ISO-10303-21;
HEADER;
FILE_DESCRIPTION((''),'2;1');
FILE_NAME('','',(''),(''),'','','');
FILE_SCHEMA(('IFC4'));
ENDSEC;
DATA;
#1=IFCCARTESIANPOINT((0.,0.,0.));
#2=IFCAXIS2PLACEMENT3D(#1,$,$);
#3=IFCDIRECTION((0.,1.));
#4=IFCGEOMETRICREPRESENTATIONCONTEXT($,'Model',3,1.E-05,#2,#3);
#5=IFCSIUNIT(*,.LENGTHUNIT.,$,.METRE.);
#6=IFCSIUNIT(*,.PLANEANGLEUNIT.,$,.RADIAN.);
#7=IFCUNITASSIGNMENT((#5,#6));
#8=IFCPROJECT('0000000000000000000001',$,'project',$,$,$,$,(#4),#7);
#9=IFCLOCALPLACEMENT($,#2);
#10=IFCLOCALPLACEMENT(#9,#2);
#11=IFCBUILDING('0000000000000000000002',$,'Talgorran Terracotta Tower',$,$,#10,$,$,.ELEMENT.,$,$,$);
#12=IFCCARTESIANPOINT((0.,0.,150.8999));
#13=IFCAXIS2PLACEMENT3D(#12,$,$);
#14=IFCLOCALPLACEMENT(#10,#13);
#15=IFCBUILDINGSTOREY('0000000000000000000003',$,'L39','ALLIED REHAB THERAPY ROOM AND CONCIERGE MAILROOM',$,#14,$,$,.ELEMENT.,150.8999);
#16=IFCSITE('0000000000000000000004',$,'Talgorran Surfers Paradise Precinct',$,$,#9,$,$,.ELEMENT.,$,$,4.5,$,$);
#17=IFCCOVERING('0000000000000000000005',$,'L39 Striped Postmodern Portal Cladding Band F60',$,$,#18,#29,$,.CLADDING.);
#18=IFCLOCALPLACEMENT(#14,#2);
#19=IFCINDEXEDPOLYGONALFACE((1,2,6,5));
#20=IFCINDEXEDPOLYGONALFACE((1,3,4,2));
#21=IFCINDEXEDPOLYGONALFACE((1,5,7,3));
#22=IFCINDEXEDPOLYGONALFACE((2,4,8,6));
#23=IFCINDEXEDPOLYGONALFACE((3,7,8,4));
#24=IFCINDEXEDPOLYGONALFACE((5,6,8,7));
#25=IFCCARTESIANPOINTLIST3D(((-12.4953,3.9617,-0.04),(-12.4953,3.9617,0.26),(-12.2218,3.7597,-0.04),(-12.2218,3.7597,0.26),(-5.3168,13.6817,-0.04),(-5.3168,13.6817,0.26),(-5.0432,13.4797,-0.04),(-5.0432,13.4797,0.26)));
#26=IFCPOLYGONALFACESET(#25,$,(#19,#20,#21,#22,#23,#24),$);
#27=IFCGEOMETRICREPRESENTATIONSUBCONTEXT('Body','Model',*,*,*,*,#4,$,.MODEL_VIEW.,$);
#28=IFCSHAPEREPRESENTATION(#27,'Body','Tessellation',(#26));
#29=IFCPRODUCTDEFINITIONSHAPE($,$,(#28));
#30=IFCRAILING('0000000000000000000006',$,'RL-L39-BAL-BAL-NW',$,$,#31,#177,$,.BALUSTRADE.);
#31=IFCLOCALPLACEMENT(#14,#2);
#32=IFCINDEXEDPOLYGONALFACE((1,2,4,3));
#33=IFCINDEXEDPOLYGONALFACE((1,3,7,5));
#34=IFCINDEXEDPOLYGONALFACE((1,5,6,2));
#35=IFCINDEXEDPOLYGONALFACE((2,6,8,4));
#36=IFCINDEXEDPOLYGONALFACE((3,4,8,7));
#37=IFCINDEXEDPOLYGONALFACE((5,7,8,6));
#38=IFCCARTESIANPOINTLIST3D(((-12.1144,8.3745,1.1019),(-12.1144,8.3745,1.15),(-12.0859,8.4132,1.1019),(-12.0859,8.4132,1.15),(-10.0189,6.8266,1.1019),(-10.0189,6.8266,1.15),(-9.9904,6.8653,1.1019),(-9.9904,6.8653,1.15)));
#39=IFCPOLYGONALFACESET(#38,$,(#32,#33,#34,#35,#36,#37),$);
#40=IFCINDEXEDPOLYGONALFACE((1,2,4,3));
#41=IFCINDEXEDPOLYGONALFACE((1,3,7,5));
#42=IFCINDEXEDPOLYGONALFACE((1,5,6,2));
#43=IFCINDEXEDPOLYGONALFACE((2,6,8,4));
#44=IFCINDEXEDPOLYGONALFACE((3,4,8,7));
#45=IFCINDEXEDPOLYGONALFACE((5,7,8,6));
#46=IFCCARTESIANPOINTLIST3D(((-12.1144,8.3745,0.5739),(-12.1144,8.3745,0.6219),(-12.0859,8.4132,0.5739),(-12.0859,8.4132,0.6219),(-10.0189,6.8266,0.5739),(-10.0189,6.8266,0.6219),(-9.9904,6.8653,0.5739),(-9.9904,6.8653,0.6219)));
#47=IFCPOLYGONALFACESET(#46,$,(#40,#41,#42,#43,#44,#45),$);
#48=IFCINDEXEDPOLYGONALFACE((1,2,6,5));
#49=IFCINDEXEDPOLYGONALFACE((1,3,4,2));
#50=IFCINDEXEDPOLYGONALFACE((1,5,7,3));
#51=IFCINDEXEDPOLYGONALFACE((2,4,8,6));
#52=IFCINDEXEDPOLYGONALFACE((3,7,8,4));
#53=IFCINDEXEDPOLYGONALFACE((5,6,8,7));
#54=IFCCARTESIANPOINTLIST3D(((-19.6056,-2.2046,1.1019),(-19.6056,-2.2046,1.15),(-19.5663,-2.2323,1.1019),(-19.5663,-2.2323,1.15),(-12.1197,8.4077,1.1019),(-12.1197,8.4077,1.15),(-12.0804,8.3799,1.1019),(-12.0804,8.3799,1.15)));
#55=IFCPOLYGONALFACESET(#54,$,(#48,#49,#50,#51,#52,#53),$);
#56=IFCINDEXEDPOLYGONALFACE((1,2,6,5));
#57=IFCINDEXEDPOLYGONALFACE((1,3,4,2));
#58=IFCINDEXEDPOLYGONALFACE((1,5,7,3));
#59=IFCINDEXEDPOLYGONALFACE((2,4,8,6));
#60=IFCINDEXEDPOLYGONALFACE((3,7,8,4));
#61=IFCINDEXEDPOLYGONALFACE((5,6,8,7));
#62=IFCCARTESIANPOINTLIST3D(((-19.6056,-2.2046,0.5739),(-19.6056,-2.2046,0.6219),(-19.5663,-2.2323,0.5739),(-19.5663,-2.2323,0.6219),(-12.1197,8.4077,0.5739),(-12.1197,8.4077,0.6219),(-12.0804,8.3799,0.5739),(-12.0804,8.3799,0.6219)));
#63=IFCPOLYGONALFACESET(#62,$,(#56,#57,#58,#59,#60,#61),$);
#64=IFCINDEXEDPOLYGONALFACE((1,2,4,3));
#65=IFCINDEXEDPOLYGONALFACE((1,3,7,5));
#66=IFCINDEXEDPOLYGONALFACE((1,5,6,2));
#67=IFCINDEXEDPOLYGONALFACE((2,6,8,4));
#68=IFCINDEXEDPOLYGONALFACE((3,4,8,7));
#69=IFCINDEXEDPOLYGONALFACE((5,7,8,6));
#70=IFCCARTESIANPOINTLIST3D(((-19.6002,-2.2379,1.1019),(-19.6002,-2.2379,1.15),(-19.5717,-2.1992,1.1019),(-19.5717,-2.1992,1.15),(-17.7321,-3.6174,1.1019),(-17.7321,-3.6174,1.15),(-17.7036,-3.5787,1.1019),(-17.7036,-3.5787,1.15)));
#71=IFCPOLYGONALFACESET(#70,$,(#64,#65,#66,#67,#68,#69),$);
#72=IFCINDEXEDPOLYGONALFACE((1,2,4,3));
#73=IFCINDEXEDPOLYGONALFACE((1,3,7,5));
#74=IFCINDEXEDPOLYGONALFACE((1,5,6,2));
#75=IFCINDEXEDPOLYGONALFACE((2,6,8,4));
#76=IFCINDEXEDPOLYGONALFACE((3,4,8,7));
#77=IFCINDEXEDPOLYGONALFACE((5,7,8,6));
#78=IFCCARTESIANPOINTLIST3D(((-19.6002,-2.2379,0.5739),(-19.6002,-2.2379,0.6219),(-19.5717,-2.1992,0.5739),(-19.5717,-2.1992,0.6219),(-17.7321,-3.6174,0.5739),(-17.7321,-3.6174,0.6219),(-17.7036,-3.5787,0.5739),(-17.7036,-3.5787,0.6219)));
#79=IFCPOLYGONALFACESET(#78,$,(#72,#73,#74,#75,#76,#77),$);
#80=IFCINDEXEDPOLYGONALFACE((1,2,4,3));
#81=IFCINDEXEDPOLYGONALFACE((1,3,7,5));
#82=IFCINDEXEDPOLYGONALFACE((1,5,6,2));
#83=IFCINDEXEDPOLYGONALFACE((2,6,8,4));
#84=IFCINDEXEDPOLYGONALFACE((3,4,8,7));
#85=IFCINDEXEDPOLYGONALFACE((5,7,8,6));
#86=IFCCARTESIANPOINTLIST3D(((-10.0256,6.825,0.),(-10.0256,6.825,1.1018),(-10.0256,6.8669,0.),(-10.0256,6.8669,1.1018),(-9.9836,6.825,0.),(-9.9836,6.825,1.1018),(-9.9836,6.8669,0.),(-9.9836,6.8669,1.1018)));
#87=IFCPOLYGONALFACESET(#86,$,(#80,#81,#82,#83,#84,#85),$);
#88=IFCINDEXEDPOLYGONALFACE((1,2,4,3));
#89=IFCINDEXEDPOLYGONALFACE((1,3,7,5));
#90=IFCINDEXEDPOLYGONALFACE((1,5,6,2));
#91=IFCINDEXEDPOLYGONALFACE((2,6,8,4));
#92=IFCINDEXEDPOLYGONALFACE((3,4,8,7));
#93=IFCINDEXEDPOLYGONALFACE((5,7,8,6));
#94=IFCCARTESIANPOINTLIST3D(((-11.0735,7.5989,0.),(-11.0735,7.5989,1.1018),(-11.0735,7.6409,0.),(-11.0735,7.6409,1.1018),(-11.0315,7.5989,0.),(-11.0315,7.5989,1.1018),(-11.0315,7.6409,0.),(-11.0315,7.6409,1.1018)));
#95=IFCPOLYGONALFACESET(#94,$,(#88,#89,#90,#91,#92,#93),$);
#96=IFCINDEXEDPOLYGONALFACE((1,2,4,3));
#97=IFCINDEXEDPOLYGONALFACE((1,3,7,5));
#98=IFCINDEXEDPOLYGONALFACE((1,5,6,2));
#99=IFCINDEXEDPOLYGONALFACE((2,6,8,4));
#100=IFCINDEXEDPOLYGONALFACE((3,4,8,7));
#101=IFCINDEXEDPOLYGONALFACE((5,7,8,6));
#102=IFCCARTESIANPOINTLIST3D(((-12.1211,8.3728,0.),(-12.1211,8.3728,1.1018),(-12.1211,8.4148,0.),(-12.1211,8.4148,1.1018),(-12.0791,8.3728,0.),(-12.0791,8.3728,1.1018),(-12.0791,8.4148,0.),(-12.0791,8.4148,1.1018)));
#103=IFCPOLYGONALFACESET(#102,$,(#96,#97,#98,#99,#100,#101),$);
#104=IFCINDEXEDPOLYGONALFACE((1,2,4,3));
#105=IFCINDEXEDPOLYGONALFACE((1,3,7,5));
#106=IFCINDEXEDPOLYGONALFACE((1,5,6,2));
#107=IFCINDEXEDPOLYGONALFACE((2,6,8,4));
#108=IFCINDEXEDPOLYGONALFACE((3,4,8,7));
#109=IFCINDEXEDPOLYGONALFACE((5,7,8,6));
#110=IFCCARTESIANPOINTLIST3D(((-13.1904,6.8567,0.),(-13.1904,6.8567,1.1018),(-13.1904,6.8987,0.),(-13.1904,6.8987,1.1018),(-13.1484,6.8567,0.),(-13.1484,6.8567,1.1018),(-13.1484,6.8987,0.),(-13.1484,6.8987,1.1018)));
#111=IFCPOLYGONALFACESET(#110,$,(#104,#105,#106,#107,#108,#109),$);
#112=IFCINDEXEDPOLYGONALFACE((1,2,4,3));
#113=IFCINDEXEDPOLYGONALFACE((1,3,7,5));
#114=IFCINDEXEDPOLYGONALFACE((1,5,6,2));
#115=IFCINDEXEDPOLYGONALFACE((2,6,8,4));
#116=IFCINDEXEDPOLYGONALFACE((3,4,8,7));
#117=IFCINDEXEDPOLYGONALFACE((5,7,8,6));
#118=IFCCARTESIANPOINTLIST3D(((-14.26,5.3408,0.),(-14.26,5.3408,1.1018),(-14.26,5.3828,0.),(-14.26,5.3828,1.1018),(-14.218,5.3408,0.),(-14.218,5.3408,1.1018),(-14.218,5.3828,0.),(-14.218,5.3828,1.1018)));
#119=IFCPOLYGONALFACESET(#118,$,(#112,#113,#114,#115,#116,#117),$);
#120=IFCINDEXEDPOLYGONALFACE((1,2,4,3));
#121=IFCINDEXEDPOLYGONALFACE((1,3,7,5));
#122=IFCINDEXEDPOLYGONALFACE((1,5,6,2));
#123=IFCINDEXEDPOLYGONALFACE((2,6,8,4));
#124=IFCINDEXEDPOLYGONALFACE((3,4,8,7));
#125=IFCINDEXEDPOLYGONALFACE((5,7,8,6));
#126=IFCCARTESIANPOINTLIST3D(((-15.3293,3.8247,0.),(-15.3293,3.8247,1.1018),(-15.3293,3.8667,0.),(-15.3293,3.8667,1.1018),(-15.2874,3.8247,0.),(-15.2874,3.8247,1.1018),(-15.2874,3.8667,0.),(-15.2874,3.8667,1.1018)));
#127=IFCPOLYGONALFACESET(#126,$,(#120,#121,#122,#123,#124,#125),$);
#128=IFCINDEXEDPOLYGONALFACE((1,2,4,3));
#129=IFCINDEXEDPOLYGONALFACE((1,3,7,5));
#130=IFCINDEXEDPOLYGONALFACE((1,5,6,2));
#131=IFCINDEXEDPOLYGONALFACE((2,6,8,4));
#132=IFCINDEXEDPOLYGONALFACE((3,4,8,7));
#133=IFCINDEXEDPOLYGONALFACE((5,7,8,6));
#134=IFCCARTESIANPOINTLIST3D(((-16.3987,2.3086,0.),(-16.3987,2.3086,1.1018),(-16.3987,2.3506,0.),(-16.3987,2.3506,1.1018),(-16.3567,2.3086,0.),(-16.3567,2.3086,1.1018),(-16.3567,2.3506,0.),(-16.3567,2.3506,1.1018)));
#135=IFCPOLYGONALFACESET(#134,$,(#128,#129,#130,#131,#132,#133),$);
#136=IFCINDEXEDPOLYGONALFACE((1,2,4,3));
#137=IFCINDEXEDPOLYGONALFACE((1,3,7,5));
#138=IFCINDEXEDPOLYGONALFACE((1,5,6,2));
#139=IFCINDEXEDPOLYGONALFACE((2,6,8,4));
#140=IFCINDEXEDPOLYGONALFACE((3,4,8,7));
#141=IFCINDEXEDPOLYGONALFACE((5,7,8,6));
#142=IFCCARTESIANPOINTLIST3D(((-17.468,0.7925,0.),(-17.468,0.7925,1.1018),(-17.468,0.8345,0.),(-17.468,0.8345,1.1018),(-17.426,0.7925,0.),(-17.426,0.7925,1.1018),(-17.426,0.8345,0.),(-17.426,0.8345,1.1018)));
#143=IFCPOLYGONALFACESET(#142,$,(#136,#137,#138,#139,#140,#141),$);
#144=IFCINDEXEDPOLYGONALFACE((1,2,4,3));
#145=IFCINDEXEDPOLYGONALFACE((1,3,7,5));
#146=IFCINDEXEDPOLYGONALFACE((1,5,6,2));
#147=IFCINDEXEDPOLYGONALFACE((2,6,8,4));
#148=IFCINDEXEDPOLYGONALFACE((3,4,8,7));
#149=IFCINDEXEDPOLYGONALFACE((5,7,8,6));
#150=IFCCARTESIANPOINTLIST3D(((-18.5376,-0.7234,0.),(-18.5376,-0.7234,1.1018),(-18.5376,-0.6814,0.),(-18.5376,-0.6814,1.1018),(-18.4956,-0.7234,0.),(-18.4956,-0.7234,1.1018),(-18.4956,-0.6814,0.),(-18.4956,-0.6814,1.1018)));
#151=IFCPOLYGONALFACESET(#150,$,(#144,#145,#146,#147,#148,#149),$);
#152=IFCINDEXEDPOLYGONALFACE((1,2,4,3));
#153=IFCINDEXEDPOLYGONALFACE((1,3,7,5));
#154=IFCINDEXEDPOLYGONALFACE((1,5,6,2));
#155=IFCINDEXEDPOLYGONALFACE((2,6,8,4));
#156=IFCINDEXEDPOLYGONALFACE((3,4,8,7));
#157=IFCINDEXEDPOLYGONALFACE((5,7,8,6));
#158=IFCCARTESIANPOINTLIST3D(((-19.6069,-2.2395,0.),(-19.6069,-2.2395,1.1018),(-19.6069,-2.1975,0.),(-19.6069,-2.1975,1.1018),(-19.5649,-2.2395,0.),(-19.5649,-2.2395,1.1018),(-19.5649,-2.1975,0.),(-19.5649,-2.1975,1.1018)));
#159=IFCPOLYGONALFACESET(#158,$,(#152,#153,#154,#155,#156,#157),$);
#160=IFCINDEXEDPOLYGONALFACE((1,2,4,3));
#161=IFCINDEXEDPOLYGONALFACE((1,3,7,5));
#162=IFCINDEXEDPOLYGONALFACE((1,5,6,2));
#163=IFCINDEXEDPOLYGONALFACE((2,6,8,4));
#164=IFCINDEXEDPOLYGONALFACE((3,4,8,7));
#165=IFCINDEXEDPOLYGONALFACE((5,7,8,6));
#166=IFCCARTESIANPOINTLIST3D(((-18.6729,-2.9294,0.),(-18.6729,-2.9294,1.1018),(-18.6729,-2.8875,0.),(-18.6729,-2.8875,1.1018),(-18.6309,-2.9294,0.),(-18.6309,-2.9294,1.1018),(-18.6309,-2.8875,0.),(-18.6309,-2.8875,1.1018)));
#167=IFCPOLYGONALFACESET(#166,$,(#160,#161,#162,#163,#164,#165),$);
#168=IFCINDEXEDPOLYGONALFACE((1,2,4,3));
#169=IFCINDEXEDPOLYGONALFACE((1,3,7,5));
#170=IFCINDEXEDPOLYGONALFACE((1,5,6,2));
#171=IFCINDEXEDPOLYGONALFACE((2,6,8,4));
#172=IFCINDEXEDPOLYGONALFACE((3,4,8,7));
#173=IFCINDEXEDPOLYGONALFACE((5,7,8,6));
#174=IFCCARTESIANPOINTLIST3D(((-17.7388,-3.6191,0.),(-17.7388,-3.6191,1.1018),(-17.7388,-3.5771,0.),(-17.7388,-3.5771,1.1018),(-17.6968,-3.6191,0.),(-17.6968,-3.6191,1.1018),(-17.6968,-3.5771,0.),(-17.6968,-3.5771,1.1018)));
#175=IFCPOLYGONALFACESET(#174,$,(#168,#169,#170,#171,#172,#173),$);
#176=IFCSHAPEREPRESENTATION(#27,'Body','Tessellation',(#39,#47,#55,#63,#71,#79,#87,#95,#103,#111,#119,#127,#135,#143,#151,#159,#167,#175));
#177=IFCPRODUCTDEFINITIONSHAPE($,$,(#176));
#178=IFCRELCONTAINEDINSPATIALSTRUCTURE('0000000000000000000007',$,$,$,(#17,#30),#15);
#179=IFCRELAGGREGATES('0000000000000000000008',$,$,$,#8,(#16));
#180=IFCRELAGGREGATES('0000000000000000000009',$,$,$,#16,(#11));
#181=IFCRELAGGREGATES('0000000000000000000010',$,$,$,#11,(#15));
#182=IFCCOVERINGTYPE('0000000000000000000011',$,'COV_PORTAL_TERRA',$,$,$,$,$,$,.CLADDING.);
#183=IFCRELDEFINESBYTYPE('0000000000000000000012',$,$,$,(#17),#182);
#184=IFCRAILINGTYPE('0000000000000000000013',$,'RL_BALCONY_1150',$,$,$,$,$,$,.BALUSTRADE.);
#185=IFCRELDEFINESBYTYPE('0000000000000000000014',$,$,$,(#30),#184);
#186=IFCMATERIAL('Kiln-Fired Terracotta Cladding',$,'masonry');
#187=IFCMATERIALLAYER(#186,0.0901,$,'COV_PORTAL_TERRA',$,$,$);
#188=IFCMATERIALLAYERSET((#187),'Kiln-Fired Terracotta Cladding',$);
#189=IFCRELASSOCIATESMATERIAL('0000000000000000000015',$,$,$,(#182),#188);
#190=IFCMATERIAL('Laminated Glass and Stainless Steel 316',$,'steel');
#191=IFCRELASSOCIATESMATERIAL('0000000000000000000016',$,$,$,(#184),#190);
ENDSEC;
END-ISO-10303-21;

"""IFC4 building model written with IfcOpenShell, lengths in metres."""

from ifc_helpers import new_model, si_unit, direction, frame, origin, origin_2d, place, context, subcontext, project, spatial, rectangle, extrude, material, layer, layer_set, type_object, element, save


model = new_model("IFC4")

# Units and contexts
model_context = context("Model", 3, precision=1e-05, world=origin(), true_north=direction((0.0, 1.0)))
body_context = subcontext(model_context, "Body", "Model", "MODEL_VIEW")
ifc_project = project(units=[si_unit("LENGTHUNIT", "METRE"), si_unit("PLANEANGLEUNIT", "RADIAN")], contexts=[model_context])

# Site, building, storey
site_placement = place(None, origin())
site = spatial("IfcSite", under=ifc_project, at=site_placement, Name="Talgorran Surfers Paradise Precinct", CompositionType="ELEMENT", RefElevation=4.5)
building_placement = place(site_placement, origin())
building = spatial("IfcBuilding", under=site, at=building_placement, Name="Talgorran Terracotta Tower", CompositionType="ELEMENT")
storey_placement = place(building_placement, frame((0.0, 0.0, 150.8999)))
storey = spatial("IfcBuildingStorey", under=building, at=storey_placement, Name="L39", Description="ALLIED REHAB THERAPY ROOM AND CONCIERGE MAILROOM", CompositionType="ELEMENT", Elevation=150.8999)

# Covering
ifc_material_1 = material(Name="Kiln-Fired Terracotta Cladding", Category="masonry")
ifc_layer_1 = layer(ifc_material_1, 0.0901, Name="COV_PORTAL_TERRA")
ifc_layer_set_1 = layer_set([ifc_layer_1], Name="Kiln-Fired Terracotta Cladding")
covering_type_1 = type_object("IfcCoveringType", Name="COV_PORTAL_TERRA", PredefinedType="CLADDING", material=ifc_layer_set_1)
covering_1_placement = place(storey_placement, frame((-8.7693, 8.7207, -0.04), z_axis=(0.0, 0.0, 1.0), x_axis=(-0.594079, -0.804407, 0.0)))
element("IfcCovering", 1, at=covering_1_placement, inside=storey, type_object=covering_type_1, Name="L39 Striped Postmodern Portal Cladding Band F60", PredefinedType="CLADDING", context=body_context, shape_type="SweptSolid", body=[
    extrude(rectangle(XDim=12.0835, YDim=0.3401, at=origin_2d()), origin(), (0.0, 0.0, 1.0), 0.3),
])

# Railing
ifc_material_2 = material(Name="Laminated Glass and Stainless Steel 316", Category="steel")
railing_type = type_object("IfcRailingType", Name="RL_BALCONY_1150", PredefinedType="BALUSTRADE", material=ifc_material_2)
railing_placement = place(storey_placement, frame((-10.0046, 6.8459, 0.0)))
element("IfcRailing", 2, at=railing_placement, inside=storey, type_object=railing_type, Name="RL-L39-BAL-BAL-NW", PredefinedType="BALUSTRADE", context=body_context, shape_type="SweptSolid", body=[
    extrude(rectangle(XDim=0.0481, YDim=0.0481, at=origin_2d()), frame((0.0, 0.0, 1.126), z_axis=(-0.804353, 0.594151, 0.0), x_axis=(-0.594151, -0.804353, 0.0)), (0.0, 0.0, 1.0), 2.6052),
    extrude(rectangle(XDim=0.0481, YDim=0.0481, at=origin_2d()), frame((0.0, 0.0, 0.5979), z_axis=(-0.804353, 0.594151, 0.0), x_axis=(-0.594151, -0.804353, 0.0)), (0.0, 0.0, 1.0), 2.6052),
    extrude(rectangle(XDim=0.0481, YDim=0.0481, at=origin_2d()), frame((-2.0955, 1.5479, 1.126), z_axis=(-0.576416, -0.817156, 0.0), x_axis=(0.817156, -0.576416, 0.0)), (0.0, 0.0, 1.0), 12.9868),
    extrude(rectangle(XDim=0.0481, YDim=0.0481, at=origin_2d()), frame((-2.0955, 1.5479, 0.5979), z_axis=(-0.576416, -0.817156, 0.0), x_axis=(0.817156, -0.576416, 0.0)), (0.0, 0.0, 1.0), 12.9868),
    extrude(rectangle(XDim=0.0481, YDim=0.0481, at=origin_2d()), frame((-9.5813, -9.0645, 1.126), z_axis=(0.804419, -0.594063, 0.0), x_axis=(0.594063, 0.804419, 0.0)), (0.0, 0.0, 1.0), 2.3223),
    extrude(rectangle(XDim=0.0481, YDim=0.0481, at=origin_2d()), frame((-9.5813, -9.0645, 0.5979), z_axis=(0.804419, -0.594063, 0.0), x_axis=(0.594063, 0.804419, 0.0)), (0.0, 0.0, 1.0), 2.3223),
    extrude(rectangle(XDim=0.042, YDim=0.042, at=origin_2d()), origin(), (0.0, 0.0, 1.0), 1.1018),
    extrude(rectangle(XDim=0.042, YDim=0.042, at=origin_2d()), frame((-1.0479, 0.7739, 0.0)), (0.0, 0.0, 1.0), 1.1018),
    extrude(rectangle(XDim=0.042, YDim=0.042, at=origin_2d()), frame((-2.0955, 1.5479, 0.0)), (0.0, 0.0, 1.0), 1.1018),
    extrude(rectangle(XDim=0.042, YDim=0.042, at=origin_2d()), frame((-3.1648, 0.0317, 0.0)), (0.0, 0.0, 1.0), 1.1018),
    extrude(rectangle(XDim=0.042, YDim=0.042, at=origin_2d()), frame((-4.2344, -1.4841, 0.0)), (0.0, 0.0, 1.0), 1.1018),
    extrude(rectangle(XDim=0.042, YDim=0.042, at=origin_2d()), frame((-5.3037, -3.0002, 0.0)), (0.0, 0.0, 1.0), 1.1018),
    extrude(rectangle(XDim=0.042, YDim=0.042, at=origin_2d()), frame((-6.373, -4.5164, 0.0)), (0.0, 0.0, 1.0), 1.1018),
    extrude(rectangle(XDim=0.042, YDim=0.042, at=origin_2d()), frame((-7.4424, -6.0325, 0.0)), (0.0, 0.0, 1.0), 1.1018),
    extrude(rectangle(XDim=0.042, YDim=0.042, at=origin_2d()), frame((-8.512, -7.5483, 0.0)), (0.0, 0.0, 1.0), 1.1018),
    extrude(rectangle(XDim=0.042, YDim=0.042, at=origin_2d()), frame((-9.5813, -9.0645, 0.0)), (0.0, 0.0, 1.0), 1.1018),
    extrude(rectangle(XDim=0.042, YDim=0.042, at=origin_2d()), frame((-8.6472, -9.7544, 0.0)), (0.0, 0.0, 1.0), 1.1018),
    extrude(rectangle(XDim=0.042, YDim=0.042, at=origin_2d()), frame((-7.7131, -10.4441, 0.0)), (0.0, 0.0, 1.0), 1.1018),
])

save(model, "model.ifc")
